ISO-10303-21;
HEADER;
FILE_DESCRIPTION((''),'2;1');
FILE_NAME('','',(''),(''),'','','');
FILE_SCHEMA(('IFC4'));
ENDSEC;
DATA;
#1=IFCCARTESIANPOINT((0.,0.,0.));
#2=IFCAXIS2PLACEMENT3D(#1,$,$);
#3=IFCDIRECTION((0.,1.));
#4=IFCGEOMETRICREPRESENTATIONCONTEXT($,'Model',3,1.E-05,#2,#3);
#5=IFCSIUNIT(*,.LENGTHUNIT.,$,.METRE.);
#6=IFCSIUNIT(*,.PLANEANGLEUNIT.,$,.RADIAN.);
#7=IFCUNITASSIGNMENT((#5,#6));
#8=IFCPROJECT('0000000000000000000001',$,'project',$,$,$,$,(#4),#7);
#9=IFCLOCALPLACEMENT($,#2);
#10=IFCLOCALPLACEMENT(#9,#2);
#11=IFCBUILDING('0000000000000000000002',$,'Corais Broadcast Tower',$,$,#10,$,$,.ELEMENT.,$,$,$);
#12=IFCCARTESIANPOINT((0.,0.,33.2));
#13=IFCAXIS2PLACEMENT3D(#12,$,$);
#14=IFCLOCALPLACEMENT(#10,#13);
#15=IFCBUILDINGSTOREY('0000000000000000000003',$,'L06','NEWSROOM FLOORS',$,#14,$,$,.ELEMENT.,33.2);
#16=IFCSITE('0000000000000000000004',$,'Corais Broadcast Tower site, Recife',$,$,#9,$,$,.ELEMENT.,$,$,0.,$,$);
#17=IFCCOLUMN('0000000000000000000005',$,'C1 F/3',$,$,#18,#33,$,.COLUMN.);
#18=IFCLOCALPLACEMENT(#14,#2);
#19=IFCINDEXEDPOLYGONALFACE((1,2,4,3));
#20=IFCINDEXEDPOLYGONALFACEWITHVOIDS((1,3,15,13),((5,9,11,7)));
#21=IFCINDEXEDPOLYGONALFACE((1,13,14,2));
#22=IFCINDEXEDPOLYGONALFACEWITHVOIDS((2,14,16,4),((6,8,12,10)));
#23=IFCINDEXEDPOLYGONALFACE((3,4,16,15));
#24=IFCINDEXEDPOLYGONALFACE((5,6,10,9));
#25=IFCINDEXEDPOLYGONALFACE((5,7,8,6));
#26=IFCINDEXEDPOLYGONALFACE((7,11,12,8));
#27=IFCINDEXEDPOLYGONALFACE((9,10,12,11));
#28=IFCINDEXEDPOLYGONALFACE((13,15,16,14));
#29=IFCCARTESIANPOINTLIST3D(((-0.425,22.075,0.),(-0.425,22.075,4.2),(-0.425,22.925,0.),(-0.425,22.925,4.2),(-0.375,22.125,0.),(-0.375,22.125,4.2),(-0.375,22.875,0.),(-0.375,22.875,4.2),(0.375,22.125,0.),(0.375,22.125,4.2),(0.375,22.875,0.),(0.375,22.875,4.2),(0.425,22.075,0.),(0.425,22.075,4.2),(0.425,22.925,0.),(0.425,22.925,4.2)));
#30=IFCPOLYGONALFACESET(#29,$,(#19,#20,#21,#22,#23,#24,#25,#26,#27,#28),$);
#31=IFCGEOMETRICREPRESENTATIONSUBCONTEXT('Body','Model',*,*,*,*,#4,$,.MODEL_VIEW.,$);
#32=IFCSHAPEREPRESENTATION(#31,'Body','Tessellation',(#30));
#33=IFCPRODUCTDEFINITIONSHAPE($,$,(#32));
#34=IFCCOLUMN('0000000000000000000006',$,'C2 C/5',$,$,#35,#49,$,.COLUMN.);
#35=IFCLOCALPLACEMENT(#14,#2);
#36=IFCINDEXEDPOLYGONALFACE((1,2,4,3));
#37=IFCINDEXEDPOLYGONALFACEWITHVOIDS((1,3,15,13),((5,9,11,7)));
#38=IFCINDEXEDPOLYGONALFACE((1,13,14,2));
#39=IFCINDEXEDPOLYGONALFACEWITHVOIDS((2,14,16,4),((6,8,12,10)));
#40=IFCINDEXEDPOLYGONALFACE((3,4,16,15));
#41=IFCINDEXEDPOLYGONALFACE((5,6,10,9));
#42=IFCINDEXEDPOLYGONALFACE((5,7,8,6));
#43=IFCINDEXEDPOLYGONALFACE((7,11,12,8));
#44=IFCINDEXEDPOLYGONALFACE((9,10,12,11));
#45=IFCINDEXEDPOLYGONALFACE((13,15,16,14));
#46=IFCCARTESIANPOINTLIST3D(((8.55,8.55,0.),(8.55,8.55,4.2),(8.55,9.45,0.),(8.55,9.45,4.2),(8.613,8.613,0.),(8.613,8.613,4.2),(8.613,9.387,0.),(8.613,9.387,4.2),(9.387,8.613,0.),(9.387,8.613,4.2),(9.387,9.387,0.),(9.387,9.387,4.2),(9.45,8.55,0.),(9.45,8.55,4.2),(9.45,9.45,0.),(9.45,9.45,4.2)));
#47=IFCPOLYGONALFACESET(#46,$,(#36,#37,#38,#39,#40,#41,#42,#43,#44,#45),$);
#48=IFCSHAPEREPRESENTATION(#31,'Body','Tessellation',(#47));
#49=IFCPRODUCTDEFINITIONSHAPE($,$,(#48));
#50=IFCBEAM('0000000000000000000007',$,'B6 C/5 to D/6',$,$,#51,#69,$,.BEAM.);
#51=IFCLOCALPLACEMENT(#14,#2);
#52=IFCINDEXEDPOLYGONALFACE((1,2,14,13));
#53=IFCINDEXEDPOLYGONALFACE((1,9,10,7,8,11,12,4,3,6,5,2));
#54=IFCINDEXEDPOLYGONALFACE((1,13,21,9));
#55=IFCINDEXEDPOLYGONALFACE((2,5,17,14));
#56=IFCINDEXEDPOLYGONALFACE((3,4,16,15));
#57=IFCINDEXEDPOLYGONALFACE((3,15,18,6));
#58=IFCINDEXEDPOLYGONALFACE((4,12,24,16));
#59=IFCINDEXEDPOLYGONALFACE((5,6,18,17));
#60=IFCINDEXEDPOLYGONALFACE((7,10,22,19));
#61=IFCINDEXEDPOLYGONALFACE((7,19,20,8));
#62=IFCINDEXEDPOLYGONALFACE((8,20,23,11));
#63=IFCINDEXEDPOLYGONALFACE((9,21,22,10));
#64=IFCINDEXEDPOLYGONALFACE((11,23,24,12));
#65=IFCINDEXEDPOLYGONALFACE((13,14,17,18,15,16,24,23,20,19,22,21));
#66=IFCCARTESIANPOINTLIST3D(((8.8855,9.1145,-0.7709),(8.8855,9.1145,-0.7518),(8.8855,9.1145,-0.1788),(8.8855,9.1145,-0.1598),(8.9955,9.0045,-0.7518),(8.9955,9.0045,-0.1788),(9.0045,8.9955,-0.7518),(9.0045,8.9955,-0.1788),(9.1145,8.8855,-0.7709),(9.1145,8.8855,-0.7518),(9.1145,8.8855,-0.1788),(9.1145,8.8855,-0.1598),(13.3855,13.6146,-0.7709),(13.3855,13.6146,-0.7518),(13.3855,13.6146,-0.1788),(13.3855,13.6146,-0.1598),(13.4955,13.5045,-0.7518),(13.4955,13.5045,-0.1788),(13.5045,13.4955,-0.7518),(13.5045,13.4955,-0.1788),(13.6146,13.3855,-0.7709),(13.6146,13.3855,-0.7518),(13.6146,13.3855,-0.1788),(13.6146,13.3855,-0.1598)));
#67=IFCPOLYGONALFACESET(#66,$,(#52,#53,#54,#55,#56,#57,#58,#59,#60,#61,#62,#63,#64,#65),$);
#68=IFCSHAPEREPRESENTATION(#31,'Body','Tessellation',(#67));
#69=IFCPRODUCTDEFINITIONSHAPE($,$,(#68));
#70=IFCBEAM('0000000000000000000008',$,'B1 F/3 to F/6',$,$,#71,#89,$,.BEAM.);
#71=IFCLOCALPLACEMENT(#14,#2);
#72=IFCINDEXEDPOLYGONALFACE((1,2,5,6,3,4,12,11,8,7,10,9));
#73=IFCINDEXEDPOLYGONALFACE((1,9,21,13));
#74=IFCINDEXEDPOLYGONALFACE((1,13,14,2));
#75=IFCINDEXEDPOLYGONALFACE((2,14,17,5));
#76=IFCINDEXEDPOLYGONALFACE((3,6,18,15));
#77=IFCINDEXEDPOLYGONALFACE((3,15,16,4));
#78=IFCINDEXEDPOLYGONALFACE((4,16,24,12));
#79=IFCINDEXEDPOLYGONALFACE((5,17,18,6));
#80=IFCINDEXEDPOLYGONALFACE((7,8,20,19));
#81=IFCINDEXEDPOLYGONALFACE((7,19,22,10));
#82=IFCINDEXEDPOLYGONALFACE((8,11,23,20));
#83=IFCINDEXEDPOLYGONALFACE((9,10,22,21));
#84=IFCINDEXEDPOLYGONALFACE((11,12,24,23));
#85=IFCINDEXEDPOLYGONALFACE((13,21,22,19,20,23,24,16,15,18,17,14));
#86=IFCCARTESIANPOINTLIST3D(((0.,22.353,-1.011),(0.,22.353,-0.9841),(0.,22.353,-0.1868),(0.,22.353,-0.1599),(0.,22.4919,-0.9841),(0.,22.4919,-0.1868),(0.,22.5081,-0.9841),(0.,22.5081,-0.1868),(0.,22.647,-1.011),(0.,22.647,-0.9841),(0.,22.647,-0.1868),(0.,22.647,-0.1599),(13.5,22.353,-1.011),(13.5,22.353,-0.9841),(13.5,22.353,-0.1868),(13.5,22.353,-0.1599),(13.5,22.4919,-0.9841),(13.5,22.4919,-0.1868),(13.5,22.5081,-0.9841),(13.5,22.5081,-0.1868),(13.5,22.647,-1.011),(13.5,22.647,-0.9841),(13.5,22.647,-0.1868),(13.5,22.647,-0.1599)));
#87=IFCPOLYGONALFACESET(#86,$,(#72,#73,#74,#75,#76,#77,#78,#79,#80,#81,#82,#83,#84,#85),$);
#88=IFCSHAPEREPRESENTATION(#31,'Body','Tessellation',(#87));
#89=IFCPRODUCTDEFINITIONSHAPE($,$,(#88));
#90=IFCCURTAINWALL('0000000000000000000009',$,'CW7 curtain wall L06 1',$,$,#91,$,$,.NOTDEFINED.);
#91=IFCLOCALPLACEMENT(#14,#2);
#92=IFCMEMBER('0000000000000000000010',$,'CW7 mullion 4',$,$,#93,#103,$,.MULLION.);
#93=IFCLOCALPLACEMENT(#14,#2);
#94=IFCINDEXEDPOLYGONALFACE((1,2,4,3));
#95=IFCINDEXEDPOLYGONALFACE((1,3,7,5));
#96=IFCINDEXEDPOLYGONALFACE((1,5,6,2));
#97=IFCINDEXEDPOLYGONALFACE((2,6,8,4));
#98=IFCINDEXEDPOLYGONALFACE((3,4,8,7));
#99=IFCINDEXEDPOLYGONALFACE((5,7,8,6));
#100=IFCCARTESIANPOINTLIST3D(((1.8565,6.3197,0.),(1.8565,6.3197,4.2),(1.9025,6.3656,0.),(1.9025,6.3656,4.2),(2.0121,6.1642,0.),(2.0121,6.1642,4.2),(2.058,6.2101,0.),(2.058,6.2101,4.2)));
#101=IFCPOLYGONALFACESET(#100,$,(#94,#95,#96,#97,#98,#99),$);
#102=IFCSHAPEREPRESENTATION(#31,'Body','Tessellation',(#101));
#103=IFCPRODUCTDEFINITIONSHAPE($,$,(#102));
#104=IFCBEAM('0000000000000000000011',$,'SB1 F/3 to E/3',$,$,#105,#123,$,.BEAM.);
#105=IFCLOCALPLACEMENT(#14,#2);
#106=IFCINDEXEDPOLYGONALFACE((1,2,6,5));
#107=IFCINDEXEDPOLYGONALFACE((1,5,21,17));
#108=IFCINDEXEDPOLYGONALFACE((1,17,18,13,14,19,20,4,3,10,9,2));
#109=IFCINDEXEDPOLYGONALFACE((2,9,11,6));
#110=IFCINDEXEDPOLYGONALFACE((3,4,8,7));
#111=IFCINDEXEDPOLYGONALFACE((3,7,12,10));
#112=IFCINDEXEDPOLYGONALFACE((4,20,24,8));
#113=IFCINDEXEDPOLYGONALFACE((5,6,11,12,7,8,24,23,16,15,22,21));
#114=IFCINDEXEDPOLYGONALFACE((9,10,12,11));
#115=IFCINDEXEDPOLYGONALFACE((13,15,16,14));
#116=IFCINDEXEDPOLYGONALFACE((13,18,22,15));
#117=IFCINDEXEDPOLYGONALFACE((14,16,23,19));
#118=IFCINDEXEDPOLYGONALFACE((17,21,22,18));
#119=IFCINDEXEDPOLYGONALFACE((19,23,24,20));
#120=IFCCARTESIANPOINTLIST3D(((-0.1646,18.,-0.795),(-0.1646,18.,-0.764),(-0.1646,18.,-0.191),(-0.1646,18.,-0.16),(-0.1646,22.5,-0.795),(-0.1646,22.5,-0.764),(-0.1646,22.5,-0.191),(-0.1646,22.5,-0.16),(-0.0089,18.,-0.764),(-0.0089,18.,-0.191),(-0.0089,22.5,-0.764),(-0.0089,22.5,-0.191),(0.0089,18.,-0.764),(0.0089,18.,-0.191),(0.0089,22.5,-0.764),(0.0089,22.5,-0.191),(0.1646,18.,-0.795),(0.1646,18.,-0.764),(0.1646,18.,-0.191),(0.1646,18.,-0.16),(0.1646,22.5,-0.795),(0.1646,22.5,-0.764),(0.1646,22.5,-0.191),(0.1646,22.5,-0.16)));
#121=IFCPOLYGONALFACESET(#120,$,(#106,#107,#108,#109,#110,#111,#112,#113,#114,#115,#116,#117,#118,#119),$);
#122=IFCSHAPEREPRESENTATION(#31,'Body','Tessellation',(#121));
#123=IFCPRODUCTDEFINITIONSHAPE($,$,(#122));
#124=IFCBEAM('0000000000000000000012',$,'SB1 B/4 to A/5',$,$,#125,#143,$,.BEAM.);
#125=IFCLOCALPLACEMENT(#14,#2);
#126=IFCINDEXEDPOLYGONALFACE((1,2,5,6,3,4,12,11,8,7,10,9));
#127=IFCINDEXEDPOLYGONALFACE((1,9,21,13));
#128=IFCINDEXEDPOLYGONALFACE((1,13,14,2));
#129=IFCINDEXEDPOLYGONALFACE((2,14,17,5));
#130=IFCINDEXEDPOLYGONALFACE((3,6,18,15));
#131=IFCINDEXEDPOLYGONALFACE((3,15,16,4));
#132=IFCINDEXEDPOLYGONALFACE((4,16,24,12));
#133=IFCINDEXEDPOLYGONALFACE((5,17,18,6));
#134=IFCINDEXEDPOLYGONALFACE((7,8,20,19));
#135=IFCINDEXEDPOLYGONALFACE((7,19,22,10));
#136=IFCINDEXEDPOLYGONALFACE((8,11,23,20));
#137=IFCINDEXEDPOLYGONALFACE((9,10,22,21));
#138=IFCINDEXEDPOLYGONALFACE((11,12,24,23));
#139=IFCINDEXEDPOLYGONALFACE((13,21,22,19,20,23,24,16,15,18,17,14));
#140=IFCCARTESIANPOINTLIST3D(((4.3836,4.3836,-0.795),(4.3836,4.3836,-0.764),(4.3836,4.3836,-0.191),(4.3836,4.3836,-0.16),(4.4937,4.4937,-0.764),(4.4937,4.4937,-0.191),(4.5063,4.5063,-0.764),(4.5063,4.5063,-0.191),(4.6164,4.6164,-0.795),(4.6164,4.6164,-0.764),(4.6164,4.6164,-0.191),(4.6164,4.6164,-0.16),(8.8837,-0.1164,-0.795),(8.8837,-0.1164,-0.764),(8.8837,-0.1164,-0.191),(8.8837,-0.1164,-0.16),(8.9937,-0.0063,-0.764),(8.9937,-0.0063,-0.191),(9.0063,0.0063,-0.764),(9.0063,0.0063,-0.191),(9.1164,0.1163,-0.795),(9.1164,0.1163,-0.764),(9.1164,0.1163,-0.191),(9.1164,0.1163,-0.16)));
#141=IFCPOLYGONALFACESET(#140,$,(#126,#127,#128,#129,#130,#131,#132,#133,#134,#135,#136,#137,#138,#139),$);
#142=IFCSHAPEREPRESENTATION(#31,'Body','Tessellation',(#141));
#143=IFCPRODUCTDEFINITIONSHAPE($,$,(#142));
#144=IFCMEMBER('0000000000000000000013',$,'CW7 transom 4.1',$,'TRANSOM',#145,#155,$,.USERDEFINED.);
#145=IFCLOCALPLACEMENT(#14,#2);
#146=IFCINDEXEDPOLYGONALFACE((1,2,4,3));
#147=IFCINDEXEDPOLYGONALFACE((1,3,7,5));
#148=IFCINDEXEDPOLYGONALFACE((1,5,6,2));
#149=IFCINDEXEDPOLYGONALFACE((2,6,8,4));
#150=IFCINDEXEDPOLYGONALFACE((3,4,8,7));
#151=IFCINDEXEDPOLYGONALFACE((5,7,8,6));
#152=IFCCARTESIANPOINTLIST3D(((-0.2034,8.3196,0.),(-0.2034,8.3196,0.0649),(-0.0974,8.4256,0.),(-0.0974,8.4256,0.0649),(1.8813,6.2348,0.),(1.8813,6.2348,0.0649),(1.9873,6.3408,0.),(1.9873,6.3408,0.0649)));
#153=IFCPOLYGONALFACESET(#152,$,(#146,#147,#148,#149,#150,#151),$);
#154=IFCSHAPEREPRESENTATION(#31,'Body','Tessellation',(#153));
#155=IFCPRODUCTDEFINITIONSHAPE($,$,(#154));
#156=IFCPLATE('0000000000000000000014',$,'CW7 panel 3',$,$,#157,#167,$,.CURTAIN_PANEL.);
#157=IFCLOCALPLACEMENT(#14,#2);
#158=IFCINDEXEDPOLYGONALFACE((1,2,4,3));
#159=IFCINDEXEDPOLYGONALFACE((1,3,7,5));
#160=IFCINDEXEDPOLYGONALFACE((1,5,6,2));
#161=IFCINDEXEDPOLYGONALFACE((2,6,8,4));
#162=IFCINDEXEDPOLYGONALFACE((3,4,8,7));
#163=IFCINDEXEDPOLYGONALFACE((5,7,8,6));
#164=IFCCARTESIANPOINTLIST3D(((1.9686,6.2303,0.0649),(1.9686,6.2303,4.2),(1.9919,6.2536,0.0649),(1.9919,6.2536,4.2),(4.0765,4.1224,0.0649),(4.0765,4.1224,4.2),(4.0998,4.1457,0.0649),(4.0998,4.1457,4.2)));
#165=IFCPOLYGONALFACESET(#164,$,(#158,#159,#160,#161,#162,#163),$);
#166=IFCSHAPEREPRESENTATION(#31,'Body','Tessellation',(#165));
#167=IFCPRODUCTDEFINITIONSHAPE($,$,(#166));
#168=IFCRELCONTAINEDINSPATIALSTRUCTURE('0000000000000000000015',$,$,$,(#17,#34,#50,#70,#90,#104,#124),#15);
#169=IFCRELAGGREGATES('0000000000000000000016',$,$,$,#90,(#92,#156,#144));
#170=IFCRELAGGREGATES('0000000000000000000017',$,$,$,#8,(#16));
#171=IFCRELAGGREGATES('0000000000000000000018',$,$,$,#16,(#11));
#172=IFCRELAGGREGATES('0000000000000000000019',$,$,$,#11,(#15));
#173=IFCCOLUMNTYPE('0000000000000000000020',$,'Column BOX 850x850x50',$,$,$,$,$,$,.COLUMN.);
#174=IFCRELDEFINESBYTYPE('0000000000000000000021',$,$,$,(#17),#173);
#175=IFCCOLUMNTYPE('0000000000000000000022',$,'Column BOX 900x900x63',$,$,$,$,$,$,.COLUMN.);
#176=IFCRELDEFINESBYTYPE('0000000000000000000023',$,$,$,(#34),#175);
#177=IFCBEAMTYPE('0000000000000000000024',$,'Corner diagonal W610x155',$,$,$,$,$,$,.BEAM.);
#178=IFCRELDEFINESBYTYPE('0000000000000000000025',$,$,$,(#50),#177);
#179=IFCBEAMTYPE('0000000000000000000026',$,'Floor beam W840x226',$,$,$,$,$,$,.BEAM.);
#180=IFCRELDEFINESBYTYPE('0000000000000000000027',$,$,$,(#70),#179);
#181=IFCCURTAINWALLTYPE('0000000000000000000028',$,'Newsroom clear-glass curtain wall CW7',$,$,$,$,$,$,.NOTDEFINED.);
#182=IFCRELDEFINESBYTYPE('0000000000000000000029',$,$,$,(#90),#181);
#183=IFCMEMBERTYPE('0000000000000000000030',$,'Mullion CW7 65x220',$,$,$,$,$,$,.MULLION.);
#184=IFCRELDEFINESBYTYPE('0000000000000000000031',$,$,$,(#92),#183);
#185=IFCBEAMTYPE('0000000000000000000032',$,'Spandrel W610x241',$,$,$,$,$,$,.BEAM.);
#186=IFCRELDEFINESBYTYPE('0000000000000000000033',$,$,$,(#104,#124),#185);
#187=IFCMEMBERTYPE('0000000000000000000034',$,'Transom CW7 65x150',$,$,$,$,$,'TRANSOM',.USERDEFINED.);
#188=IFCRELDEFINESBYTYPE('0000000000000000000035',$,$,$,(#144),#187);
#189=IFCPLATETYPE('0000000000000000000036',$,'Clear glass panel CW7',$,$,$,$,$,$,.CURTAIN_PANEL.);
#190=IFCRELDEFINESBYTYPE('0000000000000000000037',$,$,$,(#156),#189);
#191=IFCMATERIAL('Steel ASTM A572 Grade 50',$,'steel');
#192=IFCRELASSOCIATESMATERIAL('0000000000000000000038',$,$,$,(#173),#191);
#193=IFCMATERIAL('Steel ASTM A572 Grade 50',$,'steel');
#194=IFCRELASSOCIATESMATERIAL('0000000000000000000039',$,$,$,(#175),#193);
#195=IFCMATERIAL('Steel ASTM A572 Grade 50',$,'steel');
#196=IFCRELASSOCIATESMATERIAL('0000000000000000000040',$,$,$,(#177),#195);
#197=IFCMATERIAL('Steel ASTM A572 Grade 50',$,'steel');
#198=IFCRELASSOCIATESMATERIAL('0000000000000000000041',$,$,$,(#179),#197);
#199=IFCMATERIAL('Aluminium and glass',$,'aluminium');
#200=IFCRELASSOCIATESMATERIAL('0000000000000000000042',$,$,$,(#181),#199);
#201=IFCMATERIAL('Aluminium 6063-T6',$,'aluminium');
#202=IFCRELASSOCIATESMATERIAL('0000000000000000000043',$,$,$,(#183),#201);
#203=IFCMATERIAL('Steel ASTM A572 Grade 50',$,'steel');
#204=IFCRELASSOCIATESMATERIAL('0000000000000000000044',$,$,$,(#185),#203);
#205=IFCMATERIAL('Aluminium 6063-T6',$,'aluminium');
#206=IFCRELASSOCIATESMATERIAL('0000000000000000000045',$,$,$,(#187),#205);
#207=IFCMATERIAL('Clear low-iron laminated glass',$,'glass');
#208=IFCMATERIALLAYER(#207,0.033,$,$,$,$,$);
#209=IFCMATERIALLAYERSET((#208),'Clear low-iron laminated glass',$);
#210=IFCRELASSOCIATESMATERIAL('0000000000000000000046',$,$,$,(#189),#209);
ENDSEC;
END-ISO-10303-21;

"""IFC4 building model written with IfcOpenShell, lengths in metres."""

from ifc_helpers import new_model, si_unit, direction, frame, origin, origin_2d, place, context, subcontext, project, spatial, rectangle, hollow_rectangle, i_section, extrude, material, layer, layer_set, material_profile, profile_set, type_object, element, aggregate, save


model = new_model("IFC4")

# Units and contexts
model_context = context("Model", 3, precision=1e-05, world=origin(), true_north=direction((0.0, 1.0)))
body_context = subcontext(model_context, "Body", "Model", "MODEL_VIEW")
ifc_project = project(units=[si_unit("LENGTHUNIT", "METRE"), si_unit("PLANEANGLEUNIT", "RADIAN")], contexts=[model_context])

# Site, building, storey
site_placement = place(None, origin())
site = spatial("IfcSite", under=ifc_project, at=site_placement, Name="Corais Broadcast Tower site, Recife", CompositionType="ELEMENT", RefElevation=0.0)
building_placement = place(site_placement, origin())
building = spatial("IfcBuilding", under=site, at=building_placement, Name="Corais Broadcast Tower", CompositionType="ELEMENT")
storey_placement = place(building_placement, frame((0.0, 0.0, 33.2)))
storey = spatial("IfcBuildingStorey", under=building, at=storey_placement, Name="L06", Description="NEWSROOM FLOORS", CompositionType="ELEMENT", Elevation=33.2)

# Columns
ifc_material_1 = material(Name="Steel ASTM A572 Grade 50", Category="steel")
ifc_material_profile_1 = material_profile(ifc_material_1, hollow_rectangle(XDim=0.8501, YDim=0.8501, WallThickness=0.05, at=origin_2d()), Name="BOX 850x850x50")
ifc_profile_set_1 = profile_set([ifc_material_profile_1], Name="Steel ASTM A572 Grade 50")
column_type_1 = type_object("IfcColumnType", Name="Column BOX 850x850x50", PredefinedType="COLUMN", material=ifc_profile_set_1)
column_1_placement = place(storey_placement, frame((0.0, 22.5, 0.0), z_axis=(0.0, 0.0, 1.0), x_axis=(1.0, 0.0, 0.0)))
element("IfcColumn", 1, at=column_1_placement, inside=storey, type_object=column_type_1, Name="C1 F/3", PredefinedType="COLUMN", context=body_context, shape_type="SweptSolid", body=[
    extrude(hollow_rectangle(XDim=0.8501, YDim=0.8501, WallThickness=0.05, at=origin_2d()), origin(), (0.0, 0.0, 1.0), 4.2),
])
ifc_material_2 = material(Name="Steel ASTM A572 Grade 50", Category="steel")
ifc_material_profile_2 = material_profile(ifc_material_2, hollow_rectangle(XDim=0.8999, YDim=0.8999, WallThickness=0.063, at=origin_2d()), Name="BOX 900x900x63")
ifc_profile_set_2 = profile_set([ifc_material_profile_2], Name="Steel ASTM A572 Grade 50")
column_type_2 = type_object("IfcColumnType", Name="Column BOX 900x900x63", PredefinedType="COLUMN", material=ifc_profile_set_2)
column_2_placement = place(storey_placement, frame((9.0, 9.0, 0.0), z_axis=(0.0, 0.0, 1.0), x_axis=(1.0, 0.0, 0.0)))
element("IfcColumn", 2, at=column_2_placement, inside=storey, type_object=column_type_2, Name="C2 C/5", PredefinedType="COLUMN", context=body_context, shape_type="SweptSolid", body=[
    extrude(hollow_rectangle(XDim=0.8999, YDim=0.8999, WallThickness=0.063, at=origin_2d()), origin(), (0.0, 0.0, 1.0), 4.2),
])

# Beams
ifc_material_3 = material(Name="Steel ASTM A572 Grade 50", Category="steel")
ifc_material_profile_3 = material_profile(ifc_material_3, i_section(OverallWidth=0.324, OverallDepth=0.6111, WebThickness=0.0127, FlangeThickness=0.019, at=origin_2d()), Name="W610x155")
ifc_profile_set_3 = profile_set([ifc_material_profile_3], Name="Steel ASTM A572 Grade 50")
beam_type_1 = type_object("IfcBeamType", Name="Corner diagonal W610x155", PredefinedType="BEAM", material=ifc_profile_set_3)
beam_1_placement = place(storey_placement, frame((9.0, 9.0, -0.4653), z_axis=(0.707107, 0.707107, 0.0), x_axis=(-0.707107, 0.707107, 0.0)))
element("IfcBeam", 3, at=beam_1_placement, inside=storey, type_object=beam_type_1, Name="B6 C/5 to D/6", PredefinedType="BEAM", context=body_context, shape_type="SweptSolid", body=[
    extrude(i_section(OverallWidth=0.324, OverallDepth=0.6111, WebThickness=0.0127, FlangeThickness=0.019, at=origin_2d()), origin(), (0.0, 0.0, 1.0), 6.364),
])
ifc_material_4 = material(Name="Steel ASTM A572 Grade 50", Category="steel")
ifc_material_profile_4 = material_profile(ifc_material_4, i_section(OverallWidth=0.2939, OverallDepth=0.8511, WebThickness=0.0161, FlangeThickness=0.0269, at=origin_2d()), Name="W840x226")
ifc_profile_set_4 = profile_set([ifc_material_profile_4], Name="Steel ASTM A572 Grade 50")
beam_type_2 = type_object("IfcBeamType", Name="Floor beam W840x226", PredefinedType="BEAM", material=ifc_profile_set_4)
beam_2_placement = place(storey_placement, frame((0.0, 22.5, -0.5854), z_axis=(1.0, 0.0, 0.0), x_axis=(0.0, 1.0, 0.0)))
element("IfcBeam", 4, at=beam_2_placement, inside=storey, type_object=beam_type_2, Name="B1 F/3 to F/6", PredefinedType="BEAM", context=body_context, shape_type="SweptSolid", body=[
    extrude(i_section(OverallWidth=0.2939, OverallDepth=0.8511, WebThickness=0.0161, FlangeThickness=0.0269, at=origin_2d()), origin(), (0.0, 0.0, 1.0), 13.5),
])

# Curtain wall, member
ifc_material_5 = material(Name="Aluminium and glass", Category="aluminium")
curtain_wall_type = type_object("IfcCurtainWallType", Name="Newsroom clear-glass curtain wall CW7", PredefinedType="NOTDEFINED", material=ifc_material_5)
curtain_wall_placement = place(storey_placement, origin())
curtain_wall = element("IfcCurtainWall", 5, at=curtain_wall_placement, inside=storey, type_object=curtain_wall_type, Name="CW7 curtain wall L06 1", PredefinedType="NOTDEFINED")
ifc_material_6 = material(Name="Aluminium 6063-T6", Category="aluminium")
ifc_material_profile_5 = material_profile(ifc_material_6, rectangle(XDim=0.0649, YDim=0.22, at=origin_2d()), Name="Mullion CW7 65x220")
ifc_profile_set_5 = profile_set([ifc_material_profile_5], Name="Aluminium 6063-T6")
member_type_1 = type_object("IfcMemberType", Name="Mullion CW7 65x220", PredefinedType="MULLION", material=ifc_profile_set_5)
member_1_placement = place(storey_placement, frame((1.9573, 6.2649, 0.0), z_axis=(0.0, 0.0, 1.0), x_axis=(-0.707107, -0.707107, 0.0)))
member_1 = element("IfcMember", 6, at=member_1_placement, type_object=member_type_1, Name="CW7 mullion 4", PredefinedType="MULLION", context=body_context, shape_type="SweptSolid", body=[
    extrude(rectangle(XDim=0.0649, YDim=0.22, at=origin_2d()), origin(), (0.0, 0.0, 1.0), 4.2),
])

# Beams
ifc_material_7 = material(Name="Steel ASTM A572 Grade 50", Category="steel")
ifc_material_profile_6 = material_profile(ifc_material_7, i_section(OverallWidth=0.3291, OverallDepth=0.635, WebThickness=0.0178, FlangeThickness=0.031, at=origin_2d()), Name="W610x241")
ifc_profile_set_6 = profile_set([ifc_material_profile_6], Name="Steel ASTM A572 Grade 50")
beam_type_3 = type_object("IfcBeamType", Name="Spandrel W610x241", PredefinedType="BEAM", material=ifc_profile_set_6)
beam_3_placement = place(storey_placement, frame((0.0, 22.5, -0.4775), z_axis=(0.0, -1.0, 0.0), x_axis=(1.0, 0.0, 0.0)))
element("IfcBeam", 7, at=beam_3_placement, inside=storey, type_object=beam_type_3, Name="SB1 F/3 to E/3", PredefinedType="BEAM", context=body_context, shape_type="SweptSolid", body=[
    extrude(i_section(OverallWidth=0.3291, OverallDepth=0.635, WebThickness=0.0178, FlangeThickness=0.031, at=origin_2d()), origin(), (0.0, 0.0, 1.0), 4.5),
])
beam_4_placement = place(storey_placement, frame((4.5, 4.5, -0.4775), z_axis=(0.707107, -0.707107, 0.0), x_axis=(0.707107, 0.707107, 0.0)))
element("IfcBeam", 8, at=beam_4_placement, inside=storey, type_object=beam_type_3, Name="SB1 B/4 to A/5", PredefinedType="BEAM", context=body_context, shape_type="SweptSolid", body=[
    extrude(i_section(OverallWidth=0.3291, OverallDepth=0.635, WebThickness=0.0178, FlangeThickness=0.031, at=origin_2d()), origin(), (0.0, 0.0, 1.0), 6.364),
])

# Member
ifc_material_8 = material(Name="Aluminium 6063-T6", Category="aluminium")
ifc_material_profile_7 = material_profile(ifc_material_8, rectangle(XDim=0.1499, YDim=0.0649, at=origin_2d()), Name="Transom CW7 65x150")
ifc_profile_set_7 = profile_set([ifc_material_profile_7], Name="Aluminium 6063-T6")
member_type_2 = type_object("IfcMemberType", Name="Transom CW7 65x150", ElementType="TRANSOM", PredefinedType="USERDEFINED", material=ifc_profile_set_7)
member_2_placement = place(storey_placement, frame((1.9343, 6.2878, 0.0325), z_axis=(-0.707107, 0.707107, 0.0), x_axis=(-0.707107, -0.707107, 0.0)))
member_2 = element("IfcMember", 9, at=member_2_placement, type_object=member_type_2, Name="CW7 transom 4.1", ObjectType="TRANSOM", PredefinedType="USERDEFINED", context=body_context, shape_type="SweptSolid", body=[
    extrude(rectangle(XDim=0.1499, YDim=0.0649, at=origin_2d()), origin(), (0.0, 0.0, 1.0), 2.9482),
])

# Plate
ifc_material_9 = material(Name="Clear low-iron laminated glass", Category="glass")
ifc_layer_1 = layer(ifc_material_9, 0.033)
ifc_layer_set_1 = layer_set([ifc_layer_1], Name="Clear low-iron laminated glass")
plate_type_1 = type_object("IfcPlateType", Name="Clear glass panel CW7", PredefinedType="CURTAIN_PANEL", material=ifc_layer_set_1)
plate_1_placement = place(storey_placement, frame((3.0342, 5.188, 0.0649), z_axis=(0.0, 0.0, 1.0), x_axis=(-0.707107, 0.707107, 0.0)))
plate_1 = element("IfcPlate", 10, at=plate_1_placement, type_object=plate_type_1, Name="CW7 panel 3", PredefinedType="CURTAIN_PANEL", context=body_context, shape_type="SweptSolid", body=[
    extrude(rectangle(XDim=2.981, YDim=0.033, at=origin_2d()), origin(), (0.0, 0.0, 1.0), 4.135),
])
aggregate(curtain_wall, [member_1, plate_1, member_2])

save(model, "model.ifc")
